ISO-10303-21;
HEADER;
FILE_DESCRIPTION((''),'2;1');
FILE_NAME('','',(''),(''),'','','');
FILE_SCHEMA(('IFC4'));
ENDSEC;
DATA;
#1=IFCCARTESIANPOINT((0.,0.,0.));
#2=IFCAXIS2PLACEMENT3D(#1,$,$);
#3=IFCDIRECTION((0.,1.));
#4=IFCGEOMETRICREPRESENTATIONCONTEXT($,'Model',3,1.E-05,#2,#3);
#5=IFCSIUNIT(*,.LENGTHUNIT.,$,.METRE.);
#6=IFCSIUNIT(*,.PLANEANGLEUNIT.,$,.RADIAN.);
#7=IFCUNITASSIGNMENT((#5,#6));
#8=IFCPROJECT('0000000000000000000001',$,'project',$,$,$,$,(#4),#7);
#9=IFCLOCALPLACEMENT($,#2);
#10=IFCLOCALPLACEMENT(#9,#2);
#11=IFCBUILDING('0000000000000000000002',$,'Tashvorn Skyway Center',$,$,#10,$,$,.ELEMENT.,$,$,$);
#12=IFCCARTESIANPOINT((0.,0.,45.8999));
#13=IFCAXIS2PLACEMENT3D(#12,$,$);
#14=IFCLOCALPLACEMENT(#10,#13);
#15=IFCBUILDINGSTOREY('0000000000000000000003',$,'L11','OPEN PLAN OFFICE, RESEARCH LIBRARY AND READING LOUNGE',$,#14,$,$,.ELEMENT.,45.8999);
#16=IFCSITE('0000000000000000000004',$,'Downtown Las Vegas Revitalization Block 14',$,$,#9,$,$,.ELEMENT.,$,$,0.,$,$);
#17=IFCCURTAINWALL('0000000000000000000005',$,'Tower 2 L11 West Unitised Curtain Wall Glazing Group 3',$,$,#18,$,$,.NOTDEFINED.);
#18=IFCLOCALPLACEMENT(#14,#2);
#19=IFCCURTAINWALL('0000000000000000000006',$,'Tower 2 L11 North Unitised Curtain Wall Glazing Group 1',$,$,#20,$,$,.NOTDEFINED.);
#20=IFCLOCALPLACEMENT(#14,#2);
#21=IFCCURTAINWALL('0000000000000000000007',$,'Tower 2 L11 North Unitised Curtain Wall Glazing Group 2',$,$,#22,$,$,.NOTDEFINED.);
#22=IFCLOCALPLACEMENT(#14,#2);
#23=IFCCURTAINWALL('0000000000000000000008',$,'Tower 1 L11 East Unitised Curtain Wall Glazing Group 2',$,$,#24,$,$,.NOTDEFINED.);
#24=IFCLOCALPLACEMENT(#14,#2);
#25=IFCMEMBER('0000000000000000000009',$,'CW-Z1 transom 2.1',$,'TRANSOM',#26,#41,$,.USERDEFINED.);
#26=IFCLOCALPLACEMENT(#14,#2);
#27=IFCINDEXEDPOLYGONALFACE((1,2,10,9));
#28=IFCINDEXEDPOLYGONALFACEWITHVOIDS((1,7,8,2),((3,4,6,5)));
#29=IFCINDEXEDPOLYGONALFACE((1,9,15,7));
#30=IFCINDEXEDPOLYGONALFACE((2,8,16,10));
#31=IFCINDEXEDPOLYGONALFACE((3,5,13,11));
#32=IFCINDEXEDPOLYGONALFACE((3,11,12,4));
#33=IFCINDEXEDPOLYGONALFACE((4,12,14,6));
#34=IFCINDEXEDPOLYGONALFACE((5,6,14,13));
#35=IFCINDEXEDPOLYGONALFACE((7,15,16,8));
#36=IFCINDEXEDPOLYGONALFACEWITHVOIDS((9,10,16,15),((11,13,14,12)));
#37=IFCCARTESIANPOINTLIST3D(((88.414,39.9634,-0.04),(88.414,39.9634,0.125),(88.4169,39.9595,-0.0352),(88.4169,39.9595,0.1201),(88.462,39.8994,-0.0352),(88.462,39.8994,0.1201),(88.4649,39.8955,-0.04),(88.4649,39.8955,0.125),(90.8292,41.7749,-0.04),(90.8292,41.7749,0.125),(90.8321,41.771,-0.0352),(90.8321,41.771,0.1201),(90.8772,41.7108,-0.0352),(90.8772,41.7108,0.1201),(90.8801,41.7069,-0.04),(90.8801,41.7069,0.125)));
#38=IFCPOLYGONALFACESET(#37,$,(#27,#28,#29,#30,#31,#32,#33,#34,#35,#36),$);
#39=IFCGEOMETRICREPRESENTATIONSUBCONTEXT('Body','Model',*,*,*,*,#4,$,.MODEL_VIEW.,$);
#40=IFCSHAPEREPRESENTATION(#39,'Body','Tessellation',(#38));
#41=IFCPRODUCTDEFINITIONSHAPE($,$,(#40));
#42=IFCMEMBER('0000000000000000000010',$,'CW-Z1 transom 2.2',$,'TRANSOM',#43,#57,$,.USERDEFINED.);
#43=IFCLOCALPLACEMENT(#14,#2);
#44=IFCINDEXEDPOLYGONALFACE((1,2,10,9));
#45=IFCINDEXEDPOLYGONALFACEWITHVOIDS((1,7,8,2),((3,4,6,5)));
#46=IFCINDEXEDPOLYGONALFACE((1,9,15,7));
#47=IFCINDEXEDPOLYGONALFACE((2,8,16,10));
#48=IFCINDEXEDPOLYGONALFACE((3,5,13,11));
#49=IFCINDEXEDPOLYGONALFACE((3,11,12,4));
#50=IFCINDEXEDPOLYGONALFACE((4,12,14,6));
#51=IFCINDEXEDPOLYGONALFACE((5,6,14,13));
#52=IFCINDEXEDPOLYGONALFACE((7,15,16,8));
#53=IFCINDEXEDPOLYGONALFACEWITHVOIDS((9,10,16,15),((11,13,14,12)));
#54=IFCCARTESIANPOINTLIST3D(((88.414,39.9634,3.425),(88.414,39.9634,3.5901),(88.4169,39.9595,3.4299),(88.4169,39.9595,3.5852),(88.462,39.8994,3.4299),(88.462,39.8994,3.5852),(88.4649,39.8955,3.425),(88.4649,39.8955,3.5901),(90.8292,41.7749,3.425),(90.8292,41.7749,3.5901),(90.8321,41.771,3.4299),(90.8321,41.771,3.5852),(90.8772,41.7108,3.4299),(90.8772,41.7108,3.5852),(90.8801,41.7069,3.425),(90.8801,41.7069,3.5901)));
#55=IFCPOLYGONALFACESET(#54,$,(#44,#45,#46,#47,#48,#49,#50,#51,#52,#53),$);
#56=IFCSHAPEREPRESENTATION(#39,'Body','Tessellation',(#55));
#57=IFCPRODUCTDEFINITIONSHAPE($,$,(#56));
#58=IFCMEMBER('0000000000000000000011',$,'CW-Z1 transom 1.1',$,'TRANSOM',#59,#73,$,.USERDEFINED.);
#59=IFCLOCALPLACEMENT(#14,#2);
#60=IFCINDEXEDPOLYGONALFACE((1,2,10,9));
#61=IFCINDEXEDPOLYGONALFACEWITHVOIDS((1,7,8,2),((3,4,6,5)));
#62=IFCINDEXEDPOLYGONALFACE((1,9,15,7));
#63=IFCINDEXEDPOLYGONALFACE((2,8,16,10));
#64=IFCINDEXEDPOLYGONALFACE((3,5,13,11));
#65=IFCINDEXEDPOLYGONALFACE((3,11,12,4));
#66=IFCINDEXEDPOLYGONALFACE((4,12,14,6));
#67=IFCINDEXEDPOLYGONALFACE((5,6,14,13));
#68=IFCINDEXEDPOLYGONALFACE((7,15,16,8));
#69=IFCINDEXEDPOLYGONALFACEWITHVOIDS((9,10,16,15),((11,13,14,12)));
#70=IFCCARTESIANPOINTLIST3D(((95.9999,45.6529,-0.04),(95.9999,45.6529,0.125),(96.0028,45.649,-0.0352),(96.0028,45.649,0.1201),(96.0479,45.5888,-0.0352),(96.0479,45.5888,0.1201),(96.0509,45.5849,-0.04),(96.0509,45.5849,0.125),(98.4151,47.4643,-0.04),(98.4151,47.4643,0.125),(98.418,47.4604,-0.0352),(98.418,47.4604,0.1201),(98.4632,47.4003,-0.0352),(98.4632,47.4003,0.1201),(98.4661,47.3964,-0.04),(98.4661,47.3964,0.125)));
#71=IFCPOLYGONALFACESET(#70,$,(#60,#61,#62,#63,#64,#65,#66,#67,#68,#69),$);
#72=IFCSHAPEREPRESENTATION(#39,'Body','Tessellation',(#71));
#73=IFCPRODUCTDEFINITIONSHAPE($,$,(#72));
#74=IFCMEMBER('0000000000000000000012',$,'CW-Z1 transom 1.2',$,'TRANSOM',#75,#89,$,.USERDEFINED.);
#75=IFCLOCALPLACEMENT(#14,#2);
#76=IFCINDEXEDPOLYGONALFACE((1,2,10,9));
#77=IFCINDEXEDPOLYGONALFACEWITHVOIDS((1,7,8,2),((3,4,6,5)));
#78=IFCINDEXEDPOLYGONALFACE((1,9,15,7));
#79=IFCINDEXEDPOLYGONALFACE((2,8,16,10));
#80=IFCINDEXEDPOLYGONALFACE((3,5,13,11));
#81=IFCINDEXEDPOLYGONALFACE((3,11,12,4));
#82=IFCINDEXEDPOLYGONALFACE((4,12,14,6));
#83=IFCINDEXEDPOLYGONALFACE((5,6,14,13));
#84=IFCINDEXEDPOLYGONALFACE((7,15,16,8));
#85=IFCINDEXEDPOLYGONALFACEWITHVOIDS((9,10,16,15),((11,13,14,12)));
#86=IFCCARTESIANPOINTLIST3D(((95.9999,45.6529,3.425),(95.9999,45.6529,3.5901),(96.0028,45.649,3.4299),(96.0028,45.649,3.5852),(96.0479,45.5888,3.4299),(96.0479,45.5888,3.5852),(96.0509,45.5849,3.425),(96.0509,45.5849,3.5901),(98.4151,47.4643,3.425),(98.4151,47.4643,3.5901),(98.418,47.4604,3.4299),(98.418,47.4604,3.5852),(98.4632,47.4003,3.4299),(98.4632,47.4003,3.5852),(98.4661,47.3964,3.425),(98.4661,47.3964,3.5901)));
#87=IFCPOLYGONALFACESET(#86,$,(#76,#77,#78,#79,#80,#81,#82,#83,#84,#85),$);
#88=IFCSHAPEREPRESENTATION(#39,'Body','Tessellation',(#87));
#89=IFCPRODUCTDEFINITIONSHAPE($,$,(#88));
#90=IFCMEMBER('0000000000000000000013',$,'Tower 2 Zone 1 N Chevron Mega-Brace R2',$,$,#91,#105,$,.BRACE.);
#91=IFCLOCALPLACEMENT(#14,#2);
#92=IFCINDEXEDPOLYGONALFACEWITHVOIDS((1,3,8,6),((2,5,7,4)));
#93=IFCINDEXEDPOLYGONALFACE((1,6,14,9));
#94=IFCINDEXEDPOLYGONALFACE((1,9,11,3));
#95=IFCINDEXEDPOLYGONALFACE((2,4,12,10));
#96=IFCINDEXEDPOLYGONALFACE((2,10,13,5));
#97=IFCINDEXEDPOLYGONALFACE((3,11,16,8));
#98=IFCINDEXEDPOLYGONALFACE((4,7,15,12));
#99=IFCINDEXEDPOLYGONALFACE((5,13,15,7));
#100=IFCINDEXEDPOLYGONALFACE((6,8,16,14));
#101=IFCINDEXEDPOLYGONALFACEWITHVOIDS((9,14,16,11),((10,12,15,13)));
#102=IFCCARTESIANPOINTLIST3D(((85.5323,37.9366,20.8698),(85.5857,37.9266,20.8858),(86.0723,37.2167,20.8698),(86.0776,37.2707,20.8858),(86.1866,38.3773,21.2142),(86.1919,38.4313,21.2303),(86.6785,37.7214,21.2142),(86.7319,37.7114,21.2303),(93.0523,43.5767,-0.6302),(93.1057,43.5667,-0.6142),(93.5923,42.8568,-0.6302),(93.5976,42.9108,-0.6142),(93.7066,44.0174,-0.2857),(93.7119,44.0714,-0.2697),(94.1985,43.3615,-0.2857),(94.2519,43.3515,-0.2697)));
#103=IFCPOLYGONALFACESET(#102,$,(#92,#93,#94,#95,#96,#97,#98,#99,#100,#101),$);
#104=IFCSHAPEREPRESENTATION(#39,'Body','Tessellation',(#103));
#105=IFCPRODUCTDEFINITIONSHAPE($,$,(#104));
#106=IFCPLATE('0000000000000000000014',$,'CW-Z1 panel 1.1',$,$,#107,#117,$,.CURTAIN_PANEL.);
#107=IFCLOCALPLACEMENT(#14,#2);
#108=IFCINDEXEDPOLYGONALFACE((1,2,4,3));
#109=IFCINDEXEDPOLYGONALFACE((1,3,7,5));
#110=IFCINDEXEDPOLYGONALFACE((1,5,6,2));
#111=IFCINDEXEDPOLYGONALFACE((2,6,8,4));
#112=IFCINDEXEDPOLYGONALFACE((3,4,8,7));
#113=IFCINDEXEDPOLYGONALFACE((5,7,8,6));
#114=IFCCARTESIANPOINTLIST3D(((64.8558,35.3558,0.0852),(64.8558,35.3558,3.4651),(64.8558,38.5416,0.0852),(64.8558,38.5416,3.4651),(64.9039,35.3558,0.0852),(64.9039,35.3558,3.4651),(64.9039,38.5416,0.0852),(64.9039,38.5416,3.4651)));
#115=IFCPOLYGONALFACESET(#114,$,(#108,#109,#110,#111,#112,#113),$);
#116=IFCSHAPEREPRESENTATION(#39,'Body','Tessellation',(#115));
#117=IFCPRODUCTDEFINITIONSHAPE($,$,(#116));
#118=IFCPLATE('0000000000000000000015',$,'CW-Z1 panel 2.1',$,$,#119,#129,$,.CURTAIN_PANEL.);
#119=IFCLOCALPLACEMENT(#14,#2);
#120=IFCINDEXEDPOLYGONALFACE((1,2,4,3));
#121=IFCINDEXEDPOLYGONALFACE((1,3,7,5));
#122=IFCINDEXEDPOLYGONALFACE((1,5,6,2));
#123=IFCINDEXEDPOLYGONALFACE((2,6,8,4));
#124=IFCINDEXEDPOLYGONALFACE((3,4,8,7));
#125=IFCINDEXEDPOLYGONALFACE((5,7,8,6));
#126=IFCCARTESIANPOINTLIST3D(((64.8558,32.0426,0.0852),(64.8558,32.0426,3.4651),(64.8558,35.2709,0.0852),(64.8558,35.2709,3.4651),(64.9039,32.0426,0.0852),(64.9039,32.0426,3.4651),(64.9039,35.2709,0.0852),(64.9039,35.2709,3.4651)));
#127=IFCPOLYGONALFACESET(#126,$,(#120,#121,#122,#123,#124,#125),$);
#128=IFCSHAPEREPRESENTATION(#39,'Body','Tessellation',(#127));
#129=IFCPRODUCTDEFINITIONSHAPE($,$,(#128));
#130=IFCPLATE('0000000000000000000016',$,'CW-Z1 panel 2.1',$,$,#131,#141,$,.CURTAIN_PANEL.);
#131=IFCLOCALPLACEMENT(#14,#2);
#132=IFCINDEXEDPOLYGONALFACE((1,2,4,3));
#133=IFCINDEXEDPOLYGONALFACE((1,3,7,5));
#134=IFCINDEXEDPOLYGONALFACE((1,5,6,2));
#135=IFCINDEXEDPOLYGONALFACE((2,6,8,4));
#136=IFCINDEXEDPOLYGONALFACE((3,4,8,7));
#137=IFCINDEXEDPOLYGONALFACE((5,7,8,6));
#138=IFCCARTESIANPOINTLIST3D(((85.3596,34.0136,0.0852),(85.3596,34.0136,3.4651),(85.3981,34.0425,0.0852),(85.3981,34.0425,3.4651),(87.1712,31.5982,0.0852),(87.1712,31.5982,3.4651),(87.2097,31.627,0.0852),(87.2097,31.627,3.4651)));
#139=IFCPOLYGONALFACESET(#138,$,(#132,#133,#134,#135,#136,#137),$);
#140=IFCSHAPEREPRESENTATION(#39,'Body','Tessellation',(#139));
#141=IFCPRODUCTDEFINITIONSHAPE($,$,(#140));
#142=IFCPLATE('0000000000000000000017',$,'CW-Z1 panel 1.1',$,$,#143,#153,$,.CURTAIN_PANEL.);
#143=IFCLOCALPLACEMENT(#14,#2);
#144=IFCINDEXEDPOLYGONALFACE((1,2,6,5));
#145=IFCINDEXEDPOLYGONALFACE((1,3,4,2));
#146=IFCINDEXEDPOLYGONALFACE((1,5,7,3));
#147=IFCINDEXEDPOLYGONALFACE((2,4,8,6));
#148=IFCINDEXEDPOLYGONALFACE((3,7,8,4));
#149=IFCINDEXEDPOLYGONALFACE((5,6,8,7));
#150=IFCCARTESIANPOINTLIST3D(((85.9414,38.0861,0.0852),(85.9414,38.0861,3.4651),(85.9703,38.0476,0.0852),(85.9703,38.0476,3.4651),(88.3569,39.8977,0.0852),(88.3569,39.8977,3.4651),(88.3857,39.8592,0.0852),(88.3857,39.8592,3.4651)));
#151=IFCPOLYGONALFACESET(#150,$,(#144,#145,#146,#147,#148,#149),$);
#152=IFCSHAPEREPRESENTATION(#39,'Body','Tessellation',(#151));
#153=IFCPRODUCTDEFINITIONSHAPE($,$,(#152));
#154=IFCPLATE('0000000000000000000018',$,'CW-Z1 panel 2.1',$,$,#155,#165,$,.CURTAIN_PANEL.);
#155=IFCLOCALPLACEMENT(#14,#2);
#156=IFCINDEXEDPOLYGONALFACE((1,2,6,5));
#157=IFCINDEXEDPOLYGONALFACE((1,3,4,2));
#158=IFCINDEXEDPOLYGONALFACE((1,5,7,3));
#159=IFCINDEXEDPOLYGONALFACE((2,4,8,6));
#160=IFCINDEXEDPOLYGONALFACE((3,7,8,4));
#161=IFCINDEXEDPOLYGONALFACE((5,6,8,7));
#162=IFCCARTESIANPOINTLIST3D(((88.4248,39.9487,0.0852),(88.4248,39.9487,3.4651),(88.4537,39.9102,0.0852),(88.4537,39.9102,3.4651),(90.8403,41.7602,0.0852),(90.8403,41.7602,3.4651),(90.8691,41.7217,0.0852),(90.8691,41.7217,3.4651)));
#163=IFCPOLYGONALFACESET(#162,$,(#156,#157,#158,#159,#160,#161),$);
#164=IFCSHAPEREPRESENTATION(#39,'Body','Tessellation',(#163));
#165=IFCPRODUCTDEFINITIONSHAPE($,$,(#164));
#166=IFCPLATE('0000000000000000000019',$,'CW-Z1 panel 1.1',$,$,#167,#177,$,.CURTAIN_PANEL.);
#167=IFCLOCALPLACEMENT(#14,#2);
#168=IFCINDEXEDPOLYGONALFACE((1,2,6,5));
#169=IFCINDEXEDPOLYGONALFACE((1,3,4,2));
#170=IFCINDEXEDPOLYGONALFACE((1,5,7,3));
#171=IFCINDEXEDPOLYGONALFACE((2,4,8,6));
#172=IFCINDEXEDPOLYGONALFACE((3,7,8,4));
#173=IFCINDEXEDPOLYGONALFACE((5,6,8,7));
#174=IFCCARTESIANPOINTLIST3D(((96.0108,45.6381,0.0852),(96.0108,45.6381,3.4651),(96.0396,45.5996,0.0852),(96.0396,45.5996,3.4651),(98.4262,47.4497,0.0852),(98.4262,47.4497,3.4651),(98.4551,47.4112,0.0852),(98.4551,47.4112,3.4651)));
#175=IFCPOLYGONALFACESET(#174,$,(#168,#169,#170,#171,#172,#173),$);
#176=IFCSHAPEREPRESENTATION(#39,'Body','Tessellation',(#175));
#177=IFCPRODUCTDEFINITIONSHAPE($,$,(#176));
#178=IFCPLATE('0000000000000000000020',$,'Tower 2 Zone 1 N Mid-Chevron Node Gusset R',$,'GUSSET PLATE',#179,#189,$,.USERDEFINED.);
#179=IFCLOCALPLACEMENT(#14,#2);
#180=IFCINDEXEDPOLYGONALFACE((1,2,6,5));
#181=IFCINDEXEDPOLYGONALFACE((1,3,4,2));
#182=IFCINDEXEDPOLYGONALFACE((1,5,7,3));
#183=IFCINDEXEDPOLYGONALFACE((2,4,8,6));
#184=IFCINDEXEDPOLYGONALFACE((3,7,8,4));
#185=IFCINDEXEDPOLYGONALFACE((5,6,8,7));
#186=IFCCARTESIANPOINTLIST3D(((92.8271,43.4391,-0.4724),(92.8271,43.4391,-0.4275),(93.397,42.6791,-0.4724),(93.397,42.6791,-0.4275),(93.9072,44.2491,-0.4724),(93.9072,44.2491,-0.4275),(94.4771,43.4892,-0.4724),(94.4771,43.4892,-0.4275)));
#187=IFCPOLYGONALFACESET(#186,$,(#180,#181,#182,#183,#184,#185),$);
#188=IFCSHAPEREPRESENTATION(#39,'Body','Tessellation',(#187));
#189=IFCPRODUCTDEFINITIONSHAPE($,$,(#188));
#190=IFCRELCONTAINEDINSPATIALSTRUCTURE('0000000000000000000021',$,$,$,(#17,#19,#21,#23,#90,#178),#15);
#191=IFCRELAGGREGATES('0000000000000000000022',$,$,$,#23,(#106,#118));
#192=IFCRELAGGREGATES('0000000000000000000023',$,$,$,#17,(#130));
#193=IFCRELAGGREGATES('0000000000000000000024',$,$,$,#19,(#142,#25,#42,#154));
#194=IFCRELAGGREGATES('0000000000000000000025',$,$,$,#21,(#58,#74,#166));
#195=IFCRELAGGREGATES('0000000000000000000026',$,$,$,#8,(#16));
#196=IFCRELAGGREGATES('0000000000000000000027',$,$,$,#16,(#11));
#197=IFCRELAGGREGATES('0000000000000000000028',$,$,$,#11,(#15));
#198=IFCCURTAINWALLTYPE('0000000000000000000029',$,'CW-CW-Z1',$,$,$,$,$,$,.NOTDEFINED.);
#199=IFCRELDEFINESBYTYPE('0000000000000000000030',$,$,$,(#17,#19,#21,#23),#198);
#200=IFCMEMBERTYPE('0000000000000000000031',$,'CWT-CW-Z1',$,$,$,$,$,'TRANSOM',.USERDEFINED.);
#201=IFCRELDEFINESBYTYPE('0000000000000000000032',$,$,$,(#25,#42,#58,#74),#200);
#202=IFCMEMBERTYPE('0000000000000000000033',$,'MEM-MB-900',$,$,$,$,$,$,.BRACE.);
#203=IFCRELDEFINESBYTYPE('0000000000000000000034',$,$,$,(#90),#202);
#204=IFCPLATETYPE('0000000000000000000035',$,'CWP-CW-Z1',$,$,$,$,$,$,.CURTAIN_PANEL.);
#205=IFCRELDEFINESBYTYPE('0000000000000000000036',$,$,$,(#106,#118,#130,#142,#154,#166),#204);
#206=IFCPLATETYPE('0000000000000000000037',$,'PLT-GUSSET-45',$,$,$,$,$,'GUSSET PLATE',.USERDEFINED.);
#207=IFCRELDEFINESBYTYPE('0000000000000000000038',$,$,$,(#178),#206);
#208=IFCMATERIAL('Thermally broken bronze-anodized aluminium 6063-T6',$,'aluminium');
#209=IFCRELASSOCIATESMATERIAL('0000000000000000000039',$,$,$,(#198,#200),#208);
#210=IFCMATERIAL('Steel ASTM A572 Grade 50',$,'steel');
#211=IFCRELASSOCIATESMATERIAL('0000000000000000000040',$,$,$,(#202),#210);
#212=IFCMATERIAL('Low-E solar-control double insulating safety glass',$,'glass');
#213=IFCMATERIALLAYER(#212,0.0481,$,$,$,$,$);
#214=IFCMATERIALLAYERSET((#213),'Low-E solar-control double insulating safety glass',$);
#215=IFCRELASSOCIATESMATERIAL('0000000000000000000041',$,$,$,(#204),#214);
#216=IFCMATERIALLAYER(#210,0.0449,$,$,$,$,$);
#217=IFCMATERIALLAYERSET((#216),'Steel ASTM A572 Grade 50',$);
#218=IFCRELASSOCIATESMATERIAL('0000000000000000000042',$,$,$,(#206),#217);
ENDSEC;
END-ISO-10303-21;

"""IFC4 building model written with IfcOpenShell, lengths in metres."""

from ifc_helpers import new_model, si_unit, direction, frame, origin, origin_2d, place, context, subcontext, project, spatial, rectangle, hollow_rectangle, extrude, material, layer, layer_set, material_profile, profile_set, type_object, element, aggregate, save


model = new_model("IFC4")

# Units and contexts
model_context = context("Model", 3, precision=1e-05, world=origin(), true_north=direction((0.0, 1.0)))
body_context = subcontext(model_context, "Body", "Model", "MODEL_VIEW")
ifc_project = project(units=[si_unit("LENGTHUNIT", "METRE"), si_unit("PLANEANGLEUNIT", "RADIAN")], contexts=[model_context])

# Site, building, storey
site_placement = place(None, origin())
site = spatial("IfcSite", under=ifc_project, at=site_placement, Name="Downtown Las Vegas Revitalization Block 14", CompositionType="ELEMENT", RefElevation=0.0)
building_placement = place(site_placement, origin())
building = spatial("IfcBuilding", under=site, at=building_placement, Name="Tashvorn Skyway Center", CompositionType="ELEMENT")
storey_placement = place(building_placement, frame((0.0, 0.0, 45.8999)))
storey = spatial("IfcBuildingStorey", under=building, at=storey_placement, Name="L11", Description="OPEN PLAN OFFICE, RESEARCH LIBRARY AND READING LOUNGE", CompositionType="ELEMENT", Elevation=45.8999)

# Shared definitions
ifc_material_1 = material(Name="Steel ASTM A572 Grade 50", Category="steel")

# Curtain walls
ifc_material_2 = material(Name="Thermally broken bronze-anodized aluminium 6063-T6", Category="aluminium")
curtain_wall_type = type_object("IfcCurtainWallType", Name="CW-CW-Z1", PredefinedType="NOTDEFINED", material=ifc_material_2)
curtain_wall_1_placement = place(storey_placement, origin())
curtain_wall_1 = element("IfcCurtainWall", 1, at=curtain_wall_1_placement, inside=storey, type_object=curtain_wall_type, Name="Tower 2 L11 West Unitised Curtain Wall Glazing Group 3", PredefinedType="NOTDEFINED")
curtain_wall_2_placement = place(storey_placement, origin())
curtain_wall_2 = element("IfcCurtainWall", 2, at=curtain_wall_2_placement, inside=storey, type_object=curtain_wall_type, Name="Tower 2 L11 North Unitised Curtain Wall Glazing Group 1", PredefinedType="NOTDEFINED")

# Curtain wall
curtain_wall_3_placement = place(storey_placement, origin())
curtain_wall_3 = element("IfcCurtainWall", 3, at=curtain_wall_3_placement, inside=storey, type_object=curtain_wall_type, Name="Tower 2 L11 North Unitised Curtain Wall Glazing Group 2", PredefinedType="NOTDEFINED")

# Curtain wall
curtain_wall_4_placement = place(storey_placement, origin())
curtain_wall_4 = element("IfcCurtainWall", 4, at=curtain_wall_4_placement, inside=storey, type_object=curtain_wall_type, Name="Tower 1 L11 East Unitised Curtain Wall Glazing Group 2", PredefinedType="NOTDEFINED")
ifc_material_profile_1 = material_profile(ifc_material_2, hollow_rectangle(XDim=0.085, YDim=0.165, WallThickness=0.0049, at=origin_2d()), Name="ALU-TRAN-85x165")
ifc_profile_set_1 = profile_set([ifc_material_profile_1], Name="Thermally broken bronze-anodized aluminium 6063-T6")
member_type_1 = type_object("IfcMemberType", Name="CWT-CW-Z1", ElementType="TRANSOM", PredefinedType="USERDEFINED", material=ifc_profile_set_1)

# Members
member_1_placement = place(storey_placement, frame((88.4395, 39.9294, 0.0425), z_axis=(0.79999, 0.600013, 0.0), x_axis=(-0.600013, 0.79999, 0.0)))
member_1 = element("IfcMember", 5, at=member_1_placement, type_object=member_type_1, Name="CW-Z1 transom 2.1", ObjectType="TRANSOM", PredefinedType="USERDEFINED", context=body_context, shape_type="SweptSolid", body=[
    extrude(hollow_rectangle(XDim=0.085, YDim=0.165, WallThickness=0.0049, at=origin_2d()), origin(), (0.0, 0.0, 1.0), 3.019),
])
member_2_placement = place(storey_placement, frame((88.4395, 39.9294, 3.5076), z_axis=(0.79999, 0.600013, 0.0), x_axis=(-0.600013, 0.79999, 0.0)))
member_2 = element("IfcMember", 6, at=member_2_placement, type_object=member_type_1, Name="CW-Z1 transom 2.2", ObjectType="TRANSOM", PredefinedType="USERDEFINED", context=body_context, shape_type="SweptSolid", body=[
    extrude(hollow_rectangle(XDim=0.085, YDim=0.165, WallThickness=0.0049, at=origin_2d()), origin(), (0.0, 0.0, 1.0), 3.019),
])
member_3_placement = place(storey_placement, frame((96.0254, 45.6189, 0.0425), z_axis=(0.79999, 0.600013, 0.0), x_axis=(-0.600013, 0.79999, 0.0)))
member_3 = element("IfcMember", 7, at=member_3_placement, type_object=member_type_1, Name="CW-Z1 transom 1.1", ObjectType="TRANSOM", PredefinedType="USERDEFINED", context=body_context, shape_type="SweptSolid", body=[
    extrude(hollow_rectangle(XDim=0.085, YDim=0.165, WallThickness=0.0049, at=origin_2d()), origin(), (0.0, 0.0, 1.0), 3.019),
])
member_4_placement = place(storey_placement, frame((96.0254, 45.6189, 3.5076), z_axis=(0.79999, 0.600013, 0.0), x_axis=(-0.600013, 0.79999, 0.0)))
member_4 = element("IfcMember", 8, at=member_4_placement, type_object=member_type_1, Name="CW-Z1 transom 1.2", ObjectType="TRANSOM", PredefinedType="USERDEFINED", context=body_context, shape_type="SweptSolid", body=[
    extrude(hollow_rectangle(XDim=0.085, YDim=0.165, WallThickness=0.0049, at=origin_2d()), origin(), (0.0, 0.0, 1.0), 3.019),
])
ifc_material_profile_2 = material_profile(ifc_material_1, hollow_rectangle(XDim=0.8999, YDim=0.8999, WallThickness=0.04, at=origin_2d()), Name="BOX900x900x40")
ifc_profile_set_2 = profile_set([ifc_material_profile_2], Name="Steel ASTM A572 Grade 50")
member_type_2 = type_object("IfcMemberType", Name="MEM-MB-900", PredefinedType="BRACE", material=ifc_profile_set_2)
member_5_placement = place(storey_placement, frame((93.6521, 43.4641, -0.45), z_axis=(-0.320477, -0.240363, 0.916254), x_axis=(0.600008, -0.799994, 0.0)))
element("IfcMember", 9, at=member_5_placement, inside=storey, type_object=member_type_2, Name="Tower 2 Zone 1 N Chevron Mega-Brace R2", PredefinedType="BRACE", context=body_context, shape_type="SweptSolid", body=[
    extrude(hollow_rectangle(XDim=0.8999, YDim=0.8999, WallThickness=0.04, at=origin_2d()), origin(), (0.0, 0.0, 1.0), 23.4651),
])

# Plates
ifc_material_3 = material(Name="Low-E solar-control double insulating safety glass", Category="glass")
ifc_layer_1 = layer(ifc_material_3, 0.0481)
ifc_layer_set_1 = layer_set([ifc_layer_1], Name="Low-E solar-control double insulating safety glass")
plate_type_1 = type_object("IfcPlateType", Name="CWP-CW-Z1", PredefinedType="CURTAIN_PANEL", material=ifc_layer_set_1)
plate_1_placement = place(storey_placement, frame((64.8799, 36.9487, 0.0852), z_axis=(0.0, 0.0, 1.0), x_axis=(0.0, -1.0, 0.0)))
plate_1 = element("IfcPlate", 10, at=plate_1_placement, type_object=plate_type_1, Name="CW-Z1 panel 1.1", PredefinedType="CURTAIN_PANEL", context=body_context, shape_type="SweptSolid", body=[
    extrude(rectangle(XDim=3.1858, YDim=0.0481, at=origin_2d()), origin(), (0.0, 0.0, 1.0), 3.3799),
])
plate_2_placement = place(storey_placement, frame((64.8799, 33.6567, 0.0852), z_axis=(0.0, 0.0, 1.0), x_axis=(0.0, -1.0, 0.0)))
plate_2 = element("IfcPlate", 11, at=plate_2_placement, type_object=plate_type_1, Name="CW-Z1 panel 2.1", PredefinedType="CURTAIN_PANEL", context=body_context, shape_type="SweptSolid", body=[
    extrude(rectangle(XDim=3.2283, YDim=0.0481, at=origin_2d()), origin(), (0.0, 0.0, 1.0), 3.3799),
])
aggregate(curtain_wall_4, [plate_1, plate_2])
plate_3_placement = place(storey_placement, frame((86.2847, 32.8203, 0.0852), z_axis=(0.0, 0.0, 1.0), x_axis=(-0.599997, 0.800002, 0.0)))
plate_3 = element("IfcPlate", 12, at=plate_3_placement, type_object=plate_type_1, Name="CW-Z1 panel 2.1", PredefinedType="CURTAIN_PANEL", context=body_context, shape_type="SweptSolid", body=[
    extrude(rectangle(XDim=3.0193, YDim=0.0481, at=origin_2d()), origin(), (0.0, 0.0, 1.0), 3.3799),
])
aggregate(curtain_wall_1, [plate_3])
plate_4_placement = place(storey_placement, frame((87.1636, 38.9727, 0.0852), z_axis=(0.0, 0.0, 1.0), x_axis=(0.800002, 0.599997, 0.0)))
plate_4 = element("IfcPlate", 13, at=plate_4_placement, type_object=plate_type_1, Name="CW-Z1 panel 1.1", PredefinedType="CURTAIN_PANEL", context=body_context, shape_type="SweptSolid", body=[
    extrude(rectangle(XDim=3.0193, YDim=0.0481, at=origin_2d()), origin(), (0.0, 0.0, 1.0), 3.3799),
])
plate_5_placement = place(storey_placement, frame((89.647, 40.8352, 0.0852), z_axis=(0.0, 0.0, 1.0), x_axis=(0.800002, 0.599997, 0.0)))
plate_5 = element("IfcPlate", 14, at=plate_5_placement, type_object=plate_type_1, Name="CW-Z1 panel 2.1", PredefinedType="CURTAIN_PANEL", context=body_context, shape_type="SweptSolid", body=[
    extrude(rectangle(XDim=3.0193, YDim=0.0481, at=origin_2d()), origin(), (0.0, 0.0, 1.0), 3.3799),
])
aggregate(curtain_wall_2, [plate_4, member_1, member_2, plate_5])
plate_6_placement = place(storey_placement, frame((97.2329, 46.5247, 0.0852), z_axis=(0.0, 0.0, 1.0), x_axis=(0.800002, 0.599997, 0.0)))
plate_6 = element("IfcPlate", 15, at=plate_6_placement, type_object=plate_type_1, Name="CW-Z1 panel 1.1", PredefinedType="CURTAIN_PANEL", context=body_context, shape_type="SweptSolid", body=[
    extrude(rectangle(XDim=3.0193, YDim=0.0481, at=origin_2d()), origin(), (0.0, 0.0, 1.0), 3.3799),
])
aggregate(curtain_wall_3, [member_3, member_4, plate_6])
ifc_layer_2 = layer(ifc_material_1, 0.0449)
ifc_layer_set_2 = layer_set([ifc_layer_2], Name="Steel ASTM A572 Grade 50")
plate_type_2 = type_object("IfcPlateType", Name="PLT-GUSSET-45", ElementType="GUSSET PLATE", PredefinedType="USERDEFINED", material=ifc_layer_set_2)
plate_7_placement = place(storey_placement, frame((93.6521, 43.4641, -0.4724), z_axis=(0.0, 0.0, 1.0), x_axis=(-0.8, -0.6, 0.0)))
element("IfcPlate", 16, at=plate_7_placement, inside=storey, type_object=plate_type_2, Name="Tower 2 Zone 1 N Mid-Chevron Node Gusset R", ObjectType="GUSSET PLATE", PredefinedType="USERDEFINED", context=body_context, shape_type="SweptSolid", body=[
    extrude(rectangle(XDim=1.3501, YDim=0.95, at=origin_2d()), origin(), (0.0, 0.0, 1.0), 0.0449),
])

save(model, "model.ifc")
